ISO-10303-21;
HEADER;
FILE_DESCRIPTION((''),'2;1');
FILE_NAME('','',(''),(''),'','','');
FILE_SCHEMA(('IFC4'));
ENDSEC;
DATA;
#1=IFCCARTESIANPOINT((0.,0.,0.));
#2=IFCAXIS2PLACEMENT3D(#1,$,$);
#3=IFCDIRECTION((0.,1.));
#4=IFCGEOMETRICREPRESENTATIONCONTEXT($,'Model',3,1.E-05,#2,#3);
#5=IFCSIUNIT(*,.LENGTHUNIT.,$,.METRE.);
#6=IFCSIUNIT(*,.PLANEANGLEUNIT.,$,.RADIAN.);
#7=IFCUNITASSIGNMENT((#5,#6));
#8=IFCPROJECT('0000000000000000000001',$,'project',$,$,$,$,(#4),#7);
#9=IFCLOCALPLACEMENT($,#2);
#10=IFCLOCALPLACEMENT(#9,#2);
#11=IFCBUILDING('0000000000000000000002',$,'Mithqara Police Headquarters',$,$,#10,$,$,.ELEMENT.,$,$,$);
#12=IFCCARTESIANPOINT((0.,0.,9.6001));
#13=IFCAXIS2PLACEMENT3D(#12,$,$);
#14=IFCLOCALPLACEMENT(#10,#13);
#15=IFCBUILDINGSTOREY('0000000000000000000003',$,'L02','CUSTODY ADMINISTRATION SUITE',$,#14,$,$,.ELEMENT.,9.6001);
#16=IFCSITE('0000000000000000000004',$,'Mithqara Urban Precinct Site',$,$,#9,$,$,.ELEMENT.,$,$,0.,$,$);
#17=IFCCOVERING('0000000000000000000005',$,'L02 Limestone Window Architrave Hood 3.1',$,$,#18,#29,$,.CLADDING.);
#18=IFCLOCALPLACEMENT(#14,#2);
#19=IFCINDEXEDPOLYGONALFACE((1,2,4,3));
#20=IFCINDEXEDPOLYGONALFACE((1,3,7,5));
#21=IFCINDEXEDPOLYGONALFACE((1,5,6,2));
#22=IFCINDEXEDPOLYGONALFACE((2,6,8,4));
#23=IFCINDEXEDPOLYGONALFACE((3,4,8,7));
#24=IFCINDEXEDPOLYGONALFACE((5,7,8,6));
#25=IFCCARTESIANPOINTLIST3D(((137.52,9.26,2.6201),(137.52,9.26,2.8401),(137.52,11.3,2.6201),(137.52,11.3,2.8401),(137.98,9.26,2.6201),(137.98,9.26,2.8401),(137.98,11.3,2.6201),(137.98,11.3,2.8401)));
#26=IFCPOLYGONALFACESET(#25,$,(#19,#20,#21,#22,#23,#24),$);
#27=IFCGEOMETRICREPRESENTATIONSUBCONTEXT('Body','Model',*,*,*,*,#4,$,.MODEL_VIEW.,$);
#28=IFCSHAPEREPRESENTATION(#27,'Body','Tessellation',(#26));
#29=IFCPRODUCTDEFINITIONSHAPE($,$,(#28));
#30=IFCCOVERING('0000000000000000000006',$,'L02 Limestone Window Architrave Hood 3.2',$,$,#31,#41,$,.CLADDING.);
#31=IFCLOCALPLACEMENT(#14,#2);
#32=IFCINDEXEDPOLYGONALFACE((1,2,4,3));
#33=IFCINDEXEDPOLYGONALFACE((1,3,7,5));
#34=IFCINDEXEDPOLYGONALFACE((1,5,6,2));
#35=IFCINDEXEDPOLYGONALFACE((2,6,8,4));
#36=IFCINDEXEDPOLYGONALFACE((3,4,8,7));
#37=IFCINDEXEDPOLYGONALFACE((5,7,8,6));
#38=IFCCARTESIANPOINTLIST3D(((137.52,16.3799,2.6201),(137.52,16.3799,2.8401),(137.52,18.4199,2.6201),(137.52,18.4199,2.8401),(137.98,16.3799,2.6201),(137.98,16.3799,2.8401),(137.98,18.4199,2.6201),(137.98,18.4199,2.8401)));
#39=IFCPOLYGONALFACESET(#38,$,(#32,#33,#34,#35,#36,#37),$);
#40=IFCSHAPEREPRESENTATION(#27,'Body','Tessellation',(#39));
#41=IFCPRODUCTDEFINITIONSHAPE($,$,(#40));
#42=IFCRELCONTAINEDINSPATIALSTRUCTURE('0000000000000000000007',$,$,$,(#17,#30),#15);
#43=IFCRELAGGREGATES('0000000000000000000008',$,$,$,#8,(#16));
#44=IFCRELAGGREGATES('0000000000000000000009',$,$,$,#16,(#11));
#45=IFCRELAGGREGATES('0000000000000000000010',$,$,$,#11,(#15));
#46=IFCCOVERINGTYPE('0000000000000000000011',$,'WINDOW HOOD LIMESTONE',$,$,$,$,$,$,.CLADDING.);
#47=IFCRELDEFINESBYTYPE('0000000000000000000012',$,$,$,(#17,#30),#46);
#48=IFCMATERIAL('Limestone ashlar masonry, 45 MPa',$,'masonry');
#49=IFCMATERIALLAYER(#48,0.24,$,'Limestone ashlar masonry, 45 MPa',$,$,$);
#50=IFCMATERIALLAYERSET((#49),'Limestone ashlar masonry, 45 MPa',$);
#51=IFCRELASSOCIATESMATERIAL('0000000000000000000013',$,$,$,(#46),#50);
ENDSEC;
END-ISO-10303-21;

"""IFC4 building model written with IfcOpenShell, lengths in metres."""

from ifc_helpers import new_model, si_unit, direction, frame, origin, origin_2d, place, context, subcontext, project, spatial, rectangle, extrude, material, layer, layer_set, type_object, element, save


model = new_model("IFC4")

# Units and contexts
model_context = context("Model", 3, precision=1e-05, world=origin(), true_north=direction((0.0, 1.0)))
body_context = subcontext(model_context, "Body", "Model", "MODEL_VIEW")
ifc_project = project(units=[si_unit("LENGTHUNIT", "METRE"), si_unit("PLANEANGLEUNIT", "RADIAN")], contexts=[model_context])

# Site, building, storey
site_placement = place(None, origin())
site = spatial("IfcSite", under=ifc_project, at=site_placement, Name="Mithqara Urban Precinct Site", CompositionType="ELEMENT", RefElevation=0.0)
building_placement = place(site_placement, origin())
building = spatial("IfcBuilding", under=site, at=building_placement, Name="Mithqara Police Headquarters", CompositionType="ELEMENT")
storey_placement = place(building_placement, frame((0.0, 0.0, 9.6001)))
storey = spatial("IfcBuildingStorey", under=building, at=storey_placement, Name="L02", Description="CUSTODY ADMINISTRATION SUITE", CompositionType="ELEMENT", Elevation=9.6001)

# Shared definitions
ifc_material_1 = material(Name="Limestone ashlar masonry, 45 MPa", Category="masonry")

# Coverings
ifc_layer_1 = layer(ifc_material_1, 0.24, Name="Limestone ashlar masonry, 45 MPa")
ifc_layer_set_1 = layer_set([ifc_layer_1], Name="Limestone ashlar masonry, 45 MPa")
covering_type_1 = type_object("IfcCoveringType", Name="WINDOW HOOD LIMESTONE", PredefinedType="CLADDING", material=ifc_layer_set_1)
for number, where, z_axis, x_axis, name in (
    (1, (137.75, 10.28, 2.6201), (0.0, 0.0, 1.0), (0.0, 1.0, 0.0), "L02 Limestone Window Architrave Hood 3.1"),
    (2, (137.75, 17.3999, 2.6201), (0.0, 0.0, 1.0), (0.0, 1.0, 0.0), "L02 Limestone Window Architrave Hood 3.2"),
):
    element("IfcCovering", number, at=place(storey_placement, frame(where, z_axis=z_axis, x_axis=x_axis)), inside=storey, type_object=covering_type_1, Name=name, PredefinedType="CLADDING", context=body_context, shape_type="SweptSolid", body=[
        extrude(rectangle(XDim=2.04, YDim=0.46, at=origin_2d()), origin(), (0.0, 0.0, 1.0), 0.22),
    ])

save(model, "model.ifc")
